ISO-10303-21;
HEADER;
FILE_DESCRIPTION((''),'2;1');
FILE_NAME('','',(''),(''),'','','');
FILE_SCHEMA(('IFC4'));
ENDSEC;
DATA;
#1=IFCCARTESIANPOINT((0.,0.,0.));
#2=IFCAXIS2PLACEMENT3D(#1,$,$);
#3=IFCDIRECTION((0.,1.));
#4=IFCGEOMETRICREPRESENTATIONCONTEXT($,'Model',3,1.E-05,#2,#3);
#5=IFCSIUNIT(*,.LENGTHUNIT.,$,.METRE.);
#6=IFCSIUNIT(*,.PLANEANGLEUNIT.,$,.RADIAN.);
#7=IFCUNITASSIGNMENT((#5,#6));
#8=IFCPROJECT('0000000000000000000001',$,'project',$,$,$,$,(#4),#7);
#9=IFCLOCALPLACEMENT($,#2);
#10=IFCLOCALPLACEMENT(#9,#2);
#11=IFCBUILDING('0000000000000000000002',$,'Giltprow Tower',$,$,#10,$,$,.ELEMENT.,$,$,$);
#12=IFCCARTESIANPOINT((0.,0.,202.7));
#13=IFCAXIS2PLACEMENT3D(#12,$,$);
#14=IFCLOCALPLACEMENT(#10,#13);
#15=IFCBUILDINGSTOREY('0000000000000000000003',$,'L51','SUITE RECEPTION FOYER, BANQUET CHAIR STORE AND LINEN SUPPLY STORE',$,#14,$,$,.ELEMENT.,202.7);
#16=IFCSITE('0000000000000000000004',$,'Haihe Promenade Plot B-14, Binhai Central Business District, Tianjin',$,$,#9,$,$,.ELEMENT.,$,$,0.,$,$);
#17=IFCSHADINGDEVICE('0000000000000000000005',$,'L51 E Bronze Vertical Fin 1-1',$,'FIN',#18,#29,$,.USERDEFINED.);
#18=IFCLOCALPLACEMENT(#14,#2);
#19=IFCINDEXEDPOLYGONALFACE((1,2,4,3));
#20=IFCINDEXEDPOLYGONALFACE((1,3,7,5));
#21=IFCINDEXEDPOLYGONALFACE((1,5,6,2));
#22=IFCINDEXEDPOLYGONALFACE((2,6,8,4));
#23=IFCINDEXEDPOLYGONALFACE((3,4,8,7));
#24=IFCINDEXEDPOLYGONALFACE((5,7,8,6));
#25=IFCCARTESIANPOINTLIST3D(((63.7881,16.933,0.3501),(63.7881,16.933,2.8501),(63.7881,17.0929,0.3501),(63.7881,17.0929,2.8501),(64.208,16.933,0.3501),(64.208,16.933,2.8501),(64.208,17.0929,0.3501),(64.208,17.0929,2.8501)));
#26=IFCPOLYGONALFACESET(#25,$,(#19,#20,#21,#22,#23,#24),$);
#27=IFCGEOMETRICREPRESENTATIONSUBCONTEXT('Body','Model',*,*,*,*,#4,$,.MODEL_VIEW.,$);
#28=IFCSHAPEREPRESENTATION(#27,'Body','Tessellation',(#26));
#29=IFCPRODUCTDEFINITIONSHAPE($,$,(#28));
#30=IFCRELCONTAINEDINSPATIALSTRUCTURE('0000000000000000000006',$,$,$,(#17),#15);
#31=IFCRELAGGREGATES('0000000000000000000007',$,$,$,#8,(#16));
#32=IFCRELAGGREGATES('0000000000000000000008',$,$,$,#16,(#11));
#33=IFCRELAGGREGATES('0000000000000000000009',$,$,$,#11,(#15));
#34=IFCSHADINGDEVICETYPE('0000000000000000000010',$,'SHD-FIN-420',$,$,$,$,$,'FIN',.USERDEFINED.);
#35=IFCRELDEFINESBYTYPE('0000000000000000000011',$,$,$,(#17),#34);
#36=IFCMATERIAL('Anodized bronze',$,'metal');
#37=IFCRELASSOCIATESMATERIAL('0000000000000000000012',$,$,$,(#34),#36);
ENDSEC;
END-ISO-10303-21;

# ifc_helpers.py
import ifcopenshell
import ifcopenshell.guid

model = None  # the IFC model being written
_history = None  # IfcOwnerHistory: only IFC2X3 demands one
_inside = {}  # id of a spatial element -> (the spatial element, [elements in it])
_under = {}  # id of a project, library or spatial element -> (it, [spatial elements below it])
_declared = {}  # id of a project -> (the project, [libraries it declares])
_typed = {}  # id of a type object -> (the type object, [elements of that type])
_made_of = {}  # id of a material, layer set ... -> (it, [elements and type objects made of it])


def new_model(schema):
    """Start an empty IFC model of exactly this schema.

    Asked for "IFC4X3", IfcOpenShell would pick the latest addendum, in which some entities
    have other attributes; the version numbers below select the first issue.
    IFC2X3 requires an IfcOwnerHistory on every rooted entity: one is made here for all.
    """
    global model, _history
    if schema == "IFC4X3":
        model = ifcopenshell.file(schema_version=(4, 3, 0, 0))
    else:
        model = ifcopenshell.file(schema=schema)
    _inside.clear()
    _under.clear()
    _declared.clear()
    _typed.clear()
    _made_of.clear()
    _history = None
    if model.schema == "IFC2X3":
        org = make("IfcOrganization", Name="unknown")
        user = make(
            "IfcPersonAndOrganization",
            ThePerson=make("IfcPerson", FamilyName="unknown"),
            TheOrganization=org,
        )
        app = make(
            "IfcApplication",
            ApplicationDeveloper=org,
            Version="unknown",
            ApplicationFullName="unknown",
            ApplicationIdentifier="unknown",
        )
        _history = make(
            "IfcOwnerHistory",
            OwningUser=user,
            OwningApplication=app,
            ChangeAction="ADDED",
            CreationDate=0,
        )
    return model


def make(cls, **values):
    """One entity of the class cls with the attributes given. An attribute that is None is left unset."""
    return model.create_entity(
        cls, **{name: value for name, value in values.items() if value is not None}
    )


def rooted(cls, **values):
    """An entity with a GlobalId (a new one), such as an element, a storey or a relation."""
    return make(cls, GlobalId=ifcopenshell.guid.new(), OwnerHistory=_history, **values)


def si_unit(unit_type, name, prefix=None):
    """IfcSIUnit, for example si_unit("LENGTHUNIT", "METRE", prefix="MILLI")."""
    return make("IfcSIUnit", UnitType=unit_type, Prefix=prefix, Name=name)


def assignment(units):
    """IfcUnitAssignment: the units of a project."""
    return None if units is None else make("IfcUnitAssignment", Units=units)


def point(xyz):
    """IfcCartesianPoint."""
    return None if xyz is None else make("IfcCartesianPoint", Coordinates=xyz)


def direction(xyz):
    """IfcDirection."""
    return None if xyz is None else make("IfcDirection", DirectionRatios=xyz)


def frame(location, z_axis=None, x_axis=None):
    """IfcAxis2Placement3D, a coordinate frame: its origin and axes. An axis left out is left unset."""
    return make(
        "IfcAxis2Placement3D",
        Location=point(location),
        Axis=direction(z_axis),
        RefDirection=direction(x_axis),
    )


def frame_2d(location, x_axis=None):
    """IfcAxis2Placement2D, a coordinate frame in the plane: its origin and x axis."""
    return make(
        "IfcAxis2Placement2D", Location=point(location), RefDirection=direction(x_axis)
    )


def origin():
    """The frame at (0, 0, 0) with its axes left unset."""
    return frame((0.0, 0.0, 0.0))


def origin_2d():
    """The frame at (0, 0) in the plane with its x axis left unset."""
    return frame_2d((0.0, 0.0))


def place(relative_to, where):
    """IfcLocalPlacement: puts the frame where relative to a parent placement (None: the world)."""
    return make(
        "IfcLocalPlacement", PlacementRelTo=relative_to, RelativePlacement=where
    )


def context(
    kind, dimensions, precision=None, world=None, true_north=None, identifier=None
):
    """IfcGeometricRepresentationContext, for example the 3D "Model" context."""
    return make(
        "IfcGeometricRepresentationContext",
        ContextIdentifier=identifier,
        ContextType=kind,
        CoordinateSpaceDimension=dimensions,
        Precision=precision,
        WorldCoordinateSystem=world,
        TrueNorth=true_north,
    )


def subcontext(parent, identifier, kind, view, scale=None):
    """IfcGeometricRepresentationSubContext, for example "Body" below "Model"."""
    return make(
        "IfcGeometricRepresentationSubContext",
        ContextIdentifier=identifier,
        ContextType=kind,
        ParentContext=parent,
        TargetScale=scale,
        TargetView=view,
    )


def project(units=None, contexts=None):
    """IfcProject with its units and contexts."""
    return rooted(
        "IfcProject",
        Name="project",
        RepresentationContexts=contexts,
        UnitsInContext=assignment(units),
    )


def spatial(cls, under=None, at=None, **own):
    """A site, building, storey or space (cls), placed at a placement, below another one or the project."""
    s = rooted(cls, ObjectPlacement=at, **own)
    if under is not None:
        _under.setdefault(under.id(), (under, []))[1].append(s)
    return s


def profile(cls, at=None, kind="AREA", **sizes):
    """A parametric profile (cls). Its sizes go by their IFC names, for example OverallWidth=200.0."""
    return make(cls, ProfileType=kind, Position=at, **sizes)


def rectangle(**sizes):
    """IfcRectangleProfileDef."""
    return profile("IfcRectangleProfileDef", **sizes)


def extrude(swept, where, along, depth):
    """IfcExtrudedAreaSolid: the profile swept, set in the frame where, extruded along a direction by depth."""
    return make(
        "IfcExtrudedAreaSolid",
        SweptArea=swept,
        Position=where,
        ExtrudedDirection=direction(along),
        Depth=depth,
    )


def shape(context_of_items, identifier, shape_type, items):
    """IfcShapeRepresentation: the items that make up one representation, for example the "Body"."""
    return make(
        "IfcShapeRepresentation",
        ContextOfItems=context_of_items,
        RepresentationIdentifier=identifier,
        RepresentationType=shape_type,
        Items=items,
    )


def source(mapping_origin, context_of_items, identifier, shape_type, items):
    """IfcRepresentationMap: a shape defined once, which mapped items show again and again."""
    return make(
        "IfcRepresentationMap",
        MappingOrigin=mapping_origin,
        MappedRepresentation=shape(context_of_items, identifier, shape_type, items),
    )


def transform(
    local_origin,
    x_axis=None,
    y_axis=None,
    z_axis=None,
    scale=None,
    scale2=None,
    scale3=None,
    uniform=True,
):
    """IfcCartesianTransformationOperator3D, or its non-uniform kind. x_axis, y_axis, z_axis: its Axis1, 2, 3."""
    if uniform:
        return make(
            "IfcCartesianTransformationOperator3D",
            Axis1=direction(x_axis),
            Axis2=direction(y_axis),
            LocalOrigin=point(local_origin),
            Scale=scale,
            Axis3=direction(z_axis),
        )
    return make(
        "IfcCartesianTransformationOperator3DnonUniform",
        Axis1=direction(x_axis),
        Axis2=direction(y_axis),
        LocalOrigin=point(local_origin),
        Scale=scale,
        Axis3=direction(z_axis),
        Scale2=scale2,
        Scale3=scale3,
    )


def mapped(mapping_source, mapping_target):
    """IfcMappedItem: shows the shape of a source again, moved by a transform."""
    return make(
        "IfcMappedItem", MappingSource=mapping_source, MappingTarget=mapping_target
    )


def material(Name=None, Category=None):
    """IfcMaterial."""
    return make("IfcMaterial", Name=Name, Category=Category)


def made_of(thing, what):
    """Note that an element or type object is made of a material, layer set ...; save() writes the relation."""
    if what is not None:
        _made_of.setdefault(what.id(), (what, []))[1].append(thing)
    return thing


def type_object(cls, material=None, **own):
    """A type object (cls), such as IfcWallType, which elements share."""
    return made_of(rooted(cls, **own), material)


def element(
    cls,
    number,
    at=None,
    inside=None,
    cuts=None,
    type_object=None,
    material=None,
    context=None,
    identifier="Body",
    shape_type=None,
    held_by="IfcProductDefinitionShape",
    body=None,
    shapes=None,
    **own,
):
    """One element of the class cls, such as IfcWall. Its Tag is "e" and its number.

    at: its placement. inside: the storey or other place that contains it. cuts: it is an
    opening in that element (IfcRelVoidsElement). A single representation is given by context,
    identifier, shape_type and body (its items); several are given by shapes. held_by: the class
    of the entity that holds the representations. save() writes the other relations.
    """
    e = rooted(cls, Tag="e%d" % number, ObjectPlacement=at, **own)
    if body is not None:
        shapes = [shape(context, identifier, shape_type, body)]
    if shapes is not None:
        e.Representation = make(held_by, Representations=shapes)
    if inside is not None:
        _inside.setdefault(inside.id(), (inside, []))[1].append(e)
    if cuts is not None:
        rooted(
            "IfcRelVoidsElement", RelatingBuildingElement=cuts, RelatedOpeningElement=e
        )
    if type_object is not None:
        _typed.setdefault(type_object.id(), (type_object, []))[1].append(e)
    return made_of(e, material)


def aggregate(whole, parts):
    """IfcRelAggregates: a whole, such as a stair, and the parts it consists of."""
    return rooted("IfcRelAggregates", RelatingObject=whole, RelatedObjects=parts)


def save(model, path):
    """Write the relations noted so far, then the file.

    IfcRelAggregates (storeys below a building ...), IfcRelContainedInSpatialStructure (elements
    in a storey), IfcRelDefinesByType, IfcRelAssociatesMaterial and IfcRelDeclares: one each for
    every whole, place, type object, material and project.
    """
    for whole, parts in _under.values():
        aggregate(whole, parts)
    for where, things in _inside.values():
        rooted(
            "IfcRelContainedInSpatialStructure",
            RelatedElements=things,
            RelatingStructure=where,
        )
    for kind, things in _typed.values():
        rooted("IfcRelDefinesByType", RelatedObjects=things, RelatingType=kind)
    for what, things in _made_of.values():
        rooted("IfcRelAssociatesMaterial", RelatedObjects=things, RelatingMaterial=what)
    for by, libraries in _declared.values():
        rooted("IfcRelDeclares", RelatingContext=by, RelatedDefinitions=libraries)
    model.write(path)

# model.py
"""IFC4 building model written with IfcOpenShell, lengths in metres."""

from ifc_helpers import new_model, si_unit, direction, frame, origin, origin_2d, place, context, subcontext, project, spatial, rectangle, extrude, source, transform, mapped, material, type_object, element, save


model = new_model("IFC4")

# Units and contexts
model_context = context("Model", 3, precision=1e-05, world=origin(), true_north=direction((0.0, 1.0)))
body_context = subcontext(model_context, "Body", "Model", "MODEL_VIEW")
ifc_project = project(units=[si_unit("LENGTHUNIT", "METRE"), si_unit("PLANEANGLEUNIT", "RADIAN")], contexts=[model_context])

# Site, building, storey
site_placement = place(None, origin())
site = spatial("IfcSite", under=ifc_project, at=site_placement, Name="Haihe Promenade Plot B-14, Binhai Central Business District, Tianjin", CompositionType="ELEMENT", RefElevation=0.0)
building_placement = place(site_placement, origin())
building = spatial("IfcBuilding", under=site, at=building_placement, Name="Giltprow Tower", CompositionType="ELEMENT")
storey_placement = place(building_placement, frame((0.0, 0.0, 202.7)))
storey = spatial("IfcBuildingStorey", under=building, at=storey_placement, Name="L51", Description="SUITE RECEPTION FOYER, BANQUET CHAIR STORE AND LINEN SUPPLY STORE", CompositionType="ELEMENT", Elevation=202.7)

# Shared definitions
ifc_material_1 = material(Name="Anodized bronze", Category="metal")

# Shading device
shading_device_type = type_object("IfcShadingDeviceType", Name="SHD-FIN-420", ElementType="FIN", PredefinedType="USERDEFINED", material=ifc_material_1)
shared_shape_1 = source(origin(), body_context, "Body", "SweptSolid", [
    extrude(rectangle(XDim=0.4199, YDim=0.1599, at=origin_2d()), origin(), (0.0, 0.0, 1.0), 2.5),
])
shading_device_placement = place(storey_placement, frame((63.998, 17.0129, 0.3501), z_axis=(0.0, 0.0, 1.0), x_axis=(1.0, 0.0, 0.0)))
element("IfcShadingDevice", 1, at=shading_device_placement, inside=storey, type_object=shading_device_type, Name="L51 E Bronze Vertical Fin 1-1", ObjectType="FIN", PredefinedType="USERDEFINED", context=body_context, shape_type="MappedRepresentation", body=[
    mapped(shared_shape_1, transform((0.0, 0.0, 0.0), x_axis=(1.0, 0.0, 0.0), y_axis=(0.0, 1.0, 0.0), z_axis=(0.0, 0.0, 1.0), scale=1.0)),
])

save(model, "model.ifc")
